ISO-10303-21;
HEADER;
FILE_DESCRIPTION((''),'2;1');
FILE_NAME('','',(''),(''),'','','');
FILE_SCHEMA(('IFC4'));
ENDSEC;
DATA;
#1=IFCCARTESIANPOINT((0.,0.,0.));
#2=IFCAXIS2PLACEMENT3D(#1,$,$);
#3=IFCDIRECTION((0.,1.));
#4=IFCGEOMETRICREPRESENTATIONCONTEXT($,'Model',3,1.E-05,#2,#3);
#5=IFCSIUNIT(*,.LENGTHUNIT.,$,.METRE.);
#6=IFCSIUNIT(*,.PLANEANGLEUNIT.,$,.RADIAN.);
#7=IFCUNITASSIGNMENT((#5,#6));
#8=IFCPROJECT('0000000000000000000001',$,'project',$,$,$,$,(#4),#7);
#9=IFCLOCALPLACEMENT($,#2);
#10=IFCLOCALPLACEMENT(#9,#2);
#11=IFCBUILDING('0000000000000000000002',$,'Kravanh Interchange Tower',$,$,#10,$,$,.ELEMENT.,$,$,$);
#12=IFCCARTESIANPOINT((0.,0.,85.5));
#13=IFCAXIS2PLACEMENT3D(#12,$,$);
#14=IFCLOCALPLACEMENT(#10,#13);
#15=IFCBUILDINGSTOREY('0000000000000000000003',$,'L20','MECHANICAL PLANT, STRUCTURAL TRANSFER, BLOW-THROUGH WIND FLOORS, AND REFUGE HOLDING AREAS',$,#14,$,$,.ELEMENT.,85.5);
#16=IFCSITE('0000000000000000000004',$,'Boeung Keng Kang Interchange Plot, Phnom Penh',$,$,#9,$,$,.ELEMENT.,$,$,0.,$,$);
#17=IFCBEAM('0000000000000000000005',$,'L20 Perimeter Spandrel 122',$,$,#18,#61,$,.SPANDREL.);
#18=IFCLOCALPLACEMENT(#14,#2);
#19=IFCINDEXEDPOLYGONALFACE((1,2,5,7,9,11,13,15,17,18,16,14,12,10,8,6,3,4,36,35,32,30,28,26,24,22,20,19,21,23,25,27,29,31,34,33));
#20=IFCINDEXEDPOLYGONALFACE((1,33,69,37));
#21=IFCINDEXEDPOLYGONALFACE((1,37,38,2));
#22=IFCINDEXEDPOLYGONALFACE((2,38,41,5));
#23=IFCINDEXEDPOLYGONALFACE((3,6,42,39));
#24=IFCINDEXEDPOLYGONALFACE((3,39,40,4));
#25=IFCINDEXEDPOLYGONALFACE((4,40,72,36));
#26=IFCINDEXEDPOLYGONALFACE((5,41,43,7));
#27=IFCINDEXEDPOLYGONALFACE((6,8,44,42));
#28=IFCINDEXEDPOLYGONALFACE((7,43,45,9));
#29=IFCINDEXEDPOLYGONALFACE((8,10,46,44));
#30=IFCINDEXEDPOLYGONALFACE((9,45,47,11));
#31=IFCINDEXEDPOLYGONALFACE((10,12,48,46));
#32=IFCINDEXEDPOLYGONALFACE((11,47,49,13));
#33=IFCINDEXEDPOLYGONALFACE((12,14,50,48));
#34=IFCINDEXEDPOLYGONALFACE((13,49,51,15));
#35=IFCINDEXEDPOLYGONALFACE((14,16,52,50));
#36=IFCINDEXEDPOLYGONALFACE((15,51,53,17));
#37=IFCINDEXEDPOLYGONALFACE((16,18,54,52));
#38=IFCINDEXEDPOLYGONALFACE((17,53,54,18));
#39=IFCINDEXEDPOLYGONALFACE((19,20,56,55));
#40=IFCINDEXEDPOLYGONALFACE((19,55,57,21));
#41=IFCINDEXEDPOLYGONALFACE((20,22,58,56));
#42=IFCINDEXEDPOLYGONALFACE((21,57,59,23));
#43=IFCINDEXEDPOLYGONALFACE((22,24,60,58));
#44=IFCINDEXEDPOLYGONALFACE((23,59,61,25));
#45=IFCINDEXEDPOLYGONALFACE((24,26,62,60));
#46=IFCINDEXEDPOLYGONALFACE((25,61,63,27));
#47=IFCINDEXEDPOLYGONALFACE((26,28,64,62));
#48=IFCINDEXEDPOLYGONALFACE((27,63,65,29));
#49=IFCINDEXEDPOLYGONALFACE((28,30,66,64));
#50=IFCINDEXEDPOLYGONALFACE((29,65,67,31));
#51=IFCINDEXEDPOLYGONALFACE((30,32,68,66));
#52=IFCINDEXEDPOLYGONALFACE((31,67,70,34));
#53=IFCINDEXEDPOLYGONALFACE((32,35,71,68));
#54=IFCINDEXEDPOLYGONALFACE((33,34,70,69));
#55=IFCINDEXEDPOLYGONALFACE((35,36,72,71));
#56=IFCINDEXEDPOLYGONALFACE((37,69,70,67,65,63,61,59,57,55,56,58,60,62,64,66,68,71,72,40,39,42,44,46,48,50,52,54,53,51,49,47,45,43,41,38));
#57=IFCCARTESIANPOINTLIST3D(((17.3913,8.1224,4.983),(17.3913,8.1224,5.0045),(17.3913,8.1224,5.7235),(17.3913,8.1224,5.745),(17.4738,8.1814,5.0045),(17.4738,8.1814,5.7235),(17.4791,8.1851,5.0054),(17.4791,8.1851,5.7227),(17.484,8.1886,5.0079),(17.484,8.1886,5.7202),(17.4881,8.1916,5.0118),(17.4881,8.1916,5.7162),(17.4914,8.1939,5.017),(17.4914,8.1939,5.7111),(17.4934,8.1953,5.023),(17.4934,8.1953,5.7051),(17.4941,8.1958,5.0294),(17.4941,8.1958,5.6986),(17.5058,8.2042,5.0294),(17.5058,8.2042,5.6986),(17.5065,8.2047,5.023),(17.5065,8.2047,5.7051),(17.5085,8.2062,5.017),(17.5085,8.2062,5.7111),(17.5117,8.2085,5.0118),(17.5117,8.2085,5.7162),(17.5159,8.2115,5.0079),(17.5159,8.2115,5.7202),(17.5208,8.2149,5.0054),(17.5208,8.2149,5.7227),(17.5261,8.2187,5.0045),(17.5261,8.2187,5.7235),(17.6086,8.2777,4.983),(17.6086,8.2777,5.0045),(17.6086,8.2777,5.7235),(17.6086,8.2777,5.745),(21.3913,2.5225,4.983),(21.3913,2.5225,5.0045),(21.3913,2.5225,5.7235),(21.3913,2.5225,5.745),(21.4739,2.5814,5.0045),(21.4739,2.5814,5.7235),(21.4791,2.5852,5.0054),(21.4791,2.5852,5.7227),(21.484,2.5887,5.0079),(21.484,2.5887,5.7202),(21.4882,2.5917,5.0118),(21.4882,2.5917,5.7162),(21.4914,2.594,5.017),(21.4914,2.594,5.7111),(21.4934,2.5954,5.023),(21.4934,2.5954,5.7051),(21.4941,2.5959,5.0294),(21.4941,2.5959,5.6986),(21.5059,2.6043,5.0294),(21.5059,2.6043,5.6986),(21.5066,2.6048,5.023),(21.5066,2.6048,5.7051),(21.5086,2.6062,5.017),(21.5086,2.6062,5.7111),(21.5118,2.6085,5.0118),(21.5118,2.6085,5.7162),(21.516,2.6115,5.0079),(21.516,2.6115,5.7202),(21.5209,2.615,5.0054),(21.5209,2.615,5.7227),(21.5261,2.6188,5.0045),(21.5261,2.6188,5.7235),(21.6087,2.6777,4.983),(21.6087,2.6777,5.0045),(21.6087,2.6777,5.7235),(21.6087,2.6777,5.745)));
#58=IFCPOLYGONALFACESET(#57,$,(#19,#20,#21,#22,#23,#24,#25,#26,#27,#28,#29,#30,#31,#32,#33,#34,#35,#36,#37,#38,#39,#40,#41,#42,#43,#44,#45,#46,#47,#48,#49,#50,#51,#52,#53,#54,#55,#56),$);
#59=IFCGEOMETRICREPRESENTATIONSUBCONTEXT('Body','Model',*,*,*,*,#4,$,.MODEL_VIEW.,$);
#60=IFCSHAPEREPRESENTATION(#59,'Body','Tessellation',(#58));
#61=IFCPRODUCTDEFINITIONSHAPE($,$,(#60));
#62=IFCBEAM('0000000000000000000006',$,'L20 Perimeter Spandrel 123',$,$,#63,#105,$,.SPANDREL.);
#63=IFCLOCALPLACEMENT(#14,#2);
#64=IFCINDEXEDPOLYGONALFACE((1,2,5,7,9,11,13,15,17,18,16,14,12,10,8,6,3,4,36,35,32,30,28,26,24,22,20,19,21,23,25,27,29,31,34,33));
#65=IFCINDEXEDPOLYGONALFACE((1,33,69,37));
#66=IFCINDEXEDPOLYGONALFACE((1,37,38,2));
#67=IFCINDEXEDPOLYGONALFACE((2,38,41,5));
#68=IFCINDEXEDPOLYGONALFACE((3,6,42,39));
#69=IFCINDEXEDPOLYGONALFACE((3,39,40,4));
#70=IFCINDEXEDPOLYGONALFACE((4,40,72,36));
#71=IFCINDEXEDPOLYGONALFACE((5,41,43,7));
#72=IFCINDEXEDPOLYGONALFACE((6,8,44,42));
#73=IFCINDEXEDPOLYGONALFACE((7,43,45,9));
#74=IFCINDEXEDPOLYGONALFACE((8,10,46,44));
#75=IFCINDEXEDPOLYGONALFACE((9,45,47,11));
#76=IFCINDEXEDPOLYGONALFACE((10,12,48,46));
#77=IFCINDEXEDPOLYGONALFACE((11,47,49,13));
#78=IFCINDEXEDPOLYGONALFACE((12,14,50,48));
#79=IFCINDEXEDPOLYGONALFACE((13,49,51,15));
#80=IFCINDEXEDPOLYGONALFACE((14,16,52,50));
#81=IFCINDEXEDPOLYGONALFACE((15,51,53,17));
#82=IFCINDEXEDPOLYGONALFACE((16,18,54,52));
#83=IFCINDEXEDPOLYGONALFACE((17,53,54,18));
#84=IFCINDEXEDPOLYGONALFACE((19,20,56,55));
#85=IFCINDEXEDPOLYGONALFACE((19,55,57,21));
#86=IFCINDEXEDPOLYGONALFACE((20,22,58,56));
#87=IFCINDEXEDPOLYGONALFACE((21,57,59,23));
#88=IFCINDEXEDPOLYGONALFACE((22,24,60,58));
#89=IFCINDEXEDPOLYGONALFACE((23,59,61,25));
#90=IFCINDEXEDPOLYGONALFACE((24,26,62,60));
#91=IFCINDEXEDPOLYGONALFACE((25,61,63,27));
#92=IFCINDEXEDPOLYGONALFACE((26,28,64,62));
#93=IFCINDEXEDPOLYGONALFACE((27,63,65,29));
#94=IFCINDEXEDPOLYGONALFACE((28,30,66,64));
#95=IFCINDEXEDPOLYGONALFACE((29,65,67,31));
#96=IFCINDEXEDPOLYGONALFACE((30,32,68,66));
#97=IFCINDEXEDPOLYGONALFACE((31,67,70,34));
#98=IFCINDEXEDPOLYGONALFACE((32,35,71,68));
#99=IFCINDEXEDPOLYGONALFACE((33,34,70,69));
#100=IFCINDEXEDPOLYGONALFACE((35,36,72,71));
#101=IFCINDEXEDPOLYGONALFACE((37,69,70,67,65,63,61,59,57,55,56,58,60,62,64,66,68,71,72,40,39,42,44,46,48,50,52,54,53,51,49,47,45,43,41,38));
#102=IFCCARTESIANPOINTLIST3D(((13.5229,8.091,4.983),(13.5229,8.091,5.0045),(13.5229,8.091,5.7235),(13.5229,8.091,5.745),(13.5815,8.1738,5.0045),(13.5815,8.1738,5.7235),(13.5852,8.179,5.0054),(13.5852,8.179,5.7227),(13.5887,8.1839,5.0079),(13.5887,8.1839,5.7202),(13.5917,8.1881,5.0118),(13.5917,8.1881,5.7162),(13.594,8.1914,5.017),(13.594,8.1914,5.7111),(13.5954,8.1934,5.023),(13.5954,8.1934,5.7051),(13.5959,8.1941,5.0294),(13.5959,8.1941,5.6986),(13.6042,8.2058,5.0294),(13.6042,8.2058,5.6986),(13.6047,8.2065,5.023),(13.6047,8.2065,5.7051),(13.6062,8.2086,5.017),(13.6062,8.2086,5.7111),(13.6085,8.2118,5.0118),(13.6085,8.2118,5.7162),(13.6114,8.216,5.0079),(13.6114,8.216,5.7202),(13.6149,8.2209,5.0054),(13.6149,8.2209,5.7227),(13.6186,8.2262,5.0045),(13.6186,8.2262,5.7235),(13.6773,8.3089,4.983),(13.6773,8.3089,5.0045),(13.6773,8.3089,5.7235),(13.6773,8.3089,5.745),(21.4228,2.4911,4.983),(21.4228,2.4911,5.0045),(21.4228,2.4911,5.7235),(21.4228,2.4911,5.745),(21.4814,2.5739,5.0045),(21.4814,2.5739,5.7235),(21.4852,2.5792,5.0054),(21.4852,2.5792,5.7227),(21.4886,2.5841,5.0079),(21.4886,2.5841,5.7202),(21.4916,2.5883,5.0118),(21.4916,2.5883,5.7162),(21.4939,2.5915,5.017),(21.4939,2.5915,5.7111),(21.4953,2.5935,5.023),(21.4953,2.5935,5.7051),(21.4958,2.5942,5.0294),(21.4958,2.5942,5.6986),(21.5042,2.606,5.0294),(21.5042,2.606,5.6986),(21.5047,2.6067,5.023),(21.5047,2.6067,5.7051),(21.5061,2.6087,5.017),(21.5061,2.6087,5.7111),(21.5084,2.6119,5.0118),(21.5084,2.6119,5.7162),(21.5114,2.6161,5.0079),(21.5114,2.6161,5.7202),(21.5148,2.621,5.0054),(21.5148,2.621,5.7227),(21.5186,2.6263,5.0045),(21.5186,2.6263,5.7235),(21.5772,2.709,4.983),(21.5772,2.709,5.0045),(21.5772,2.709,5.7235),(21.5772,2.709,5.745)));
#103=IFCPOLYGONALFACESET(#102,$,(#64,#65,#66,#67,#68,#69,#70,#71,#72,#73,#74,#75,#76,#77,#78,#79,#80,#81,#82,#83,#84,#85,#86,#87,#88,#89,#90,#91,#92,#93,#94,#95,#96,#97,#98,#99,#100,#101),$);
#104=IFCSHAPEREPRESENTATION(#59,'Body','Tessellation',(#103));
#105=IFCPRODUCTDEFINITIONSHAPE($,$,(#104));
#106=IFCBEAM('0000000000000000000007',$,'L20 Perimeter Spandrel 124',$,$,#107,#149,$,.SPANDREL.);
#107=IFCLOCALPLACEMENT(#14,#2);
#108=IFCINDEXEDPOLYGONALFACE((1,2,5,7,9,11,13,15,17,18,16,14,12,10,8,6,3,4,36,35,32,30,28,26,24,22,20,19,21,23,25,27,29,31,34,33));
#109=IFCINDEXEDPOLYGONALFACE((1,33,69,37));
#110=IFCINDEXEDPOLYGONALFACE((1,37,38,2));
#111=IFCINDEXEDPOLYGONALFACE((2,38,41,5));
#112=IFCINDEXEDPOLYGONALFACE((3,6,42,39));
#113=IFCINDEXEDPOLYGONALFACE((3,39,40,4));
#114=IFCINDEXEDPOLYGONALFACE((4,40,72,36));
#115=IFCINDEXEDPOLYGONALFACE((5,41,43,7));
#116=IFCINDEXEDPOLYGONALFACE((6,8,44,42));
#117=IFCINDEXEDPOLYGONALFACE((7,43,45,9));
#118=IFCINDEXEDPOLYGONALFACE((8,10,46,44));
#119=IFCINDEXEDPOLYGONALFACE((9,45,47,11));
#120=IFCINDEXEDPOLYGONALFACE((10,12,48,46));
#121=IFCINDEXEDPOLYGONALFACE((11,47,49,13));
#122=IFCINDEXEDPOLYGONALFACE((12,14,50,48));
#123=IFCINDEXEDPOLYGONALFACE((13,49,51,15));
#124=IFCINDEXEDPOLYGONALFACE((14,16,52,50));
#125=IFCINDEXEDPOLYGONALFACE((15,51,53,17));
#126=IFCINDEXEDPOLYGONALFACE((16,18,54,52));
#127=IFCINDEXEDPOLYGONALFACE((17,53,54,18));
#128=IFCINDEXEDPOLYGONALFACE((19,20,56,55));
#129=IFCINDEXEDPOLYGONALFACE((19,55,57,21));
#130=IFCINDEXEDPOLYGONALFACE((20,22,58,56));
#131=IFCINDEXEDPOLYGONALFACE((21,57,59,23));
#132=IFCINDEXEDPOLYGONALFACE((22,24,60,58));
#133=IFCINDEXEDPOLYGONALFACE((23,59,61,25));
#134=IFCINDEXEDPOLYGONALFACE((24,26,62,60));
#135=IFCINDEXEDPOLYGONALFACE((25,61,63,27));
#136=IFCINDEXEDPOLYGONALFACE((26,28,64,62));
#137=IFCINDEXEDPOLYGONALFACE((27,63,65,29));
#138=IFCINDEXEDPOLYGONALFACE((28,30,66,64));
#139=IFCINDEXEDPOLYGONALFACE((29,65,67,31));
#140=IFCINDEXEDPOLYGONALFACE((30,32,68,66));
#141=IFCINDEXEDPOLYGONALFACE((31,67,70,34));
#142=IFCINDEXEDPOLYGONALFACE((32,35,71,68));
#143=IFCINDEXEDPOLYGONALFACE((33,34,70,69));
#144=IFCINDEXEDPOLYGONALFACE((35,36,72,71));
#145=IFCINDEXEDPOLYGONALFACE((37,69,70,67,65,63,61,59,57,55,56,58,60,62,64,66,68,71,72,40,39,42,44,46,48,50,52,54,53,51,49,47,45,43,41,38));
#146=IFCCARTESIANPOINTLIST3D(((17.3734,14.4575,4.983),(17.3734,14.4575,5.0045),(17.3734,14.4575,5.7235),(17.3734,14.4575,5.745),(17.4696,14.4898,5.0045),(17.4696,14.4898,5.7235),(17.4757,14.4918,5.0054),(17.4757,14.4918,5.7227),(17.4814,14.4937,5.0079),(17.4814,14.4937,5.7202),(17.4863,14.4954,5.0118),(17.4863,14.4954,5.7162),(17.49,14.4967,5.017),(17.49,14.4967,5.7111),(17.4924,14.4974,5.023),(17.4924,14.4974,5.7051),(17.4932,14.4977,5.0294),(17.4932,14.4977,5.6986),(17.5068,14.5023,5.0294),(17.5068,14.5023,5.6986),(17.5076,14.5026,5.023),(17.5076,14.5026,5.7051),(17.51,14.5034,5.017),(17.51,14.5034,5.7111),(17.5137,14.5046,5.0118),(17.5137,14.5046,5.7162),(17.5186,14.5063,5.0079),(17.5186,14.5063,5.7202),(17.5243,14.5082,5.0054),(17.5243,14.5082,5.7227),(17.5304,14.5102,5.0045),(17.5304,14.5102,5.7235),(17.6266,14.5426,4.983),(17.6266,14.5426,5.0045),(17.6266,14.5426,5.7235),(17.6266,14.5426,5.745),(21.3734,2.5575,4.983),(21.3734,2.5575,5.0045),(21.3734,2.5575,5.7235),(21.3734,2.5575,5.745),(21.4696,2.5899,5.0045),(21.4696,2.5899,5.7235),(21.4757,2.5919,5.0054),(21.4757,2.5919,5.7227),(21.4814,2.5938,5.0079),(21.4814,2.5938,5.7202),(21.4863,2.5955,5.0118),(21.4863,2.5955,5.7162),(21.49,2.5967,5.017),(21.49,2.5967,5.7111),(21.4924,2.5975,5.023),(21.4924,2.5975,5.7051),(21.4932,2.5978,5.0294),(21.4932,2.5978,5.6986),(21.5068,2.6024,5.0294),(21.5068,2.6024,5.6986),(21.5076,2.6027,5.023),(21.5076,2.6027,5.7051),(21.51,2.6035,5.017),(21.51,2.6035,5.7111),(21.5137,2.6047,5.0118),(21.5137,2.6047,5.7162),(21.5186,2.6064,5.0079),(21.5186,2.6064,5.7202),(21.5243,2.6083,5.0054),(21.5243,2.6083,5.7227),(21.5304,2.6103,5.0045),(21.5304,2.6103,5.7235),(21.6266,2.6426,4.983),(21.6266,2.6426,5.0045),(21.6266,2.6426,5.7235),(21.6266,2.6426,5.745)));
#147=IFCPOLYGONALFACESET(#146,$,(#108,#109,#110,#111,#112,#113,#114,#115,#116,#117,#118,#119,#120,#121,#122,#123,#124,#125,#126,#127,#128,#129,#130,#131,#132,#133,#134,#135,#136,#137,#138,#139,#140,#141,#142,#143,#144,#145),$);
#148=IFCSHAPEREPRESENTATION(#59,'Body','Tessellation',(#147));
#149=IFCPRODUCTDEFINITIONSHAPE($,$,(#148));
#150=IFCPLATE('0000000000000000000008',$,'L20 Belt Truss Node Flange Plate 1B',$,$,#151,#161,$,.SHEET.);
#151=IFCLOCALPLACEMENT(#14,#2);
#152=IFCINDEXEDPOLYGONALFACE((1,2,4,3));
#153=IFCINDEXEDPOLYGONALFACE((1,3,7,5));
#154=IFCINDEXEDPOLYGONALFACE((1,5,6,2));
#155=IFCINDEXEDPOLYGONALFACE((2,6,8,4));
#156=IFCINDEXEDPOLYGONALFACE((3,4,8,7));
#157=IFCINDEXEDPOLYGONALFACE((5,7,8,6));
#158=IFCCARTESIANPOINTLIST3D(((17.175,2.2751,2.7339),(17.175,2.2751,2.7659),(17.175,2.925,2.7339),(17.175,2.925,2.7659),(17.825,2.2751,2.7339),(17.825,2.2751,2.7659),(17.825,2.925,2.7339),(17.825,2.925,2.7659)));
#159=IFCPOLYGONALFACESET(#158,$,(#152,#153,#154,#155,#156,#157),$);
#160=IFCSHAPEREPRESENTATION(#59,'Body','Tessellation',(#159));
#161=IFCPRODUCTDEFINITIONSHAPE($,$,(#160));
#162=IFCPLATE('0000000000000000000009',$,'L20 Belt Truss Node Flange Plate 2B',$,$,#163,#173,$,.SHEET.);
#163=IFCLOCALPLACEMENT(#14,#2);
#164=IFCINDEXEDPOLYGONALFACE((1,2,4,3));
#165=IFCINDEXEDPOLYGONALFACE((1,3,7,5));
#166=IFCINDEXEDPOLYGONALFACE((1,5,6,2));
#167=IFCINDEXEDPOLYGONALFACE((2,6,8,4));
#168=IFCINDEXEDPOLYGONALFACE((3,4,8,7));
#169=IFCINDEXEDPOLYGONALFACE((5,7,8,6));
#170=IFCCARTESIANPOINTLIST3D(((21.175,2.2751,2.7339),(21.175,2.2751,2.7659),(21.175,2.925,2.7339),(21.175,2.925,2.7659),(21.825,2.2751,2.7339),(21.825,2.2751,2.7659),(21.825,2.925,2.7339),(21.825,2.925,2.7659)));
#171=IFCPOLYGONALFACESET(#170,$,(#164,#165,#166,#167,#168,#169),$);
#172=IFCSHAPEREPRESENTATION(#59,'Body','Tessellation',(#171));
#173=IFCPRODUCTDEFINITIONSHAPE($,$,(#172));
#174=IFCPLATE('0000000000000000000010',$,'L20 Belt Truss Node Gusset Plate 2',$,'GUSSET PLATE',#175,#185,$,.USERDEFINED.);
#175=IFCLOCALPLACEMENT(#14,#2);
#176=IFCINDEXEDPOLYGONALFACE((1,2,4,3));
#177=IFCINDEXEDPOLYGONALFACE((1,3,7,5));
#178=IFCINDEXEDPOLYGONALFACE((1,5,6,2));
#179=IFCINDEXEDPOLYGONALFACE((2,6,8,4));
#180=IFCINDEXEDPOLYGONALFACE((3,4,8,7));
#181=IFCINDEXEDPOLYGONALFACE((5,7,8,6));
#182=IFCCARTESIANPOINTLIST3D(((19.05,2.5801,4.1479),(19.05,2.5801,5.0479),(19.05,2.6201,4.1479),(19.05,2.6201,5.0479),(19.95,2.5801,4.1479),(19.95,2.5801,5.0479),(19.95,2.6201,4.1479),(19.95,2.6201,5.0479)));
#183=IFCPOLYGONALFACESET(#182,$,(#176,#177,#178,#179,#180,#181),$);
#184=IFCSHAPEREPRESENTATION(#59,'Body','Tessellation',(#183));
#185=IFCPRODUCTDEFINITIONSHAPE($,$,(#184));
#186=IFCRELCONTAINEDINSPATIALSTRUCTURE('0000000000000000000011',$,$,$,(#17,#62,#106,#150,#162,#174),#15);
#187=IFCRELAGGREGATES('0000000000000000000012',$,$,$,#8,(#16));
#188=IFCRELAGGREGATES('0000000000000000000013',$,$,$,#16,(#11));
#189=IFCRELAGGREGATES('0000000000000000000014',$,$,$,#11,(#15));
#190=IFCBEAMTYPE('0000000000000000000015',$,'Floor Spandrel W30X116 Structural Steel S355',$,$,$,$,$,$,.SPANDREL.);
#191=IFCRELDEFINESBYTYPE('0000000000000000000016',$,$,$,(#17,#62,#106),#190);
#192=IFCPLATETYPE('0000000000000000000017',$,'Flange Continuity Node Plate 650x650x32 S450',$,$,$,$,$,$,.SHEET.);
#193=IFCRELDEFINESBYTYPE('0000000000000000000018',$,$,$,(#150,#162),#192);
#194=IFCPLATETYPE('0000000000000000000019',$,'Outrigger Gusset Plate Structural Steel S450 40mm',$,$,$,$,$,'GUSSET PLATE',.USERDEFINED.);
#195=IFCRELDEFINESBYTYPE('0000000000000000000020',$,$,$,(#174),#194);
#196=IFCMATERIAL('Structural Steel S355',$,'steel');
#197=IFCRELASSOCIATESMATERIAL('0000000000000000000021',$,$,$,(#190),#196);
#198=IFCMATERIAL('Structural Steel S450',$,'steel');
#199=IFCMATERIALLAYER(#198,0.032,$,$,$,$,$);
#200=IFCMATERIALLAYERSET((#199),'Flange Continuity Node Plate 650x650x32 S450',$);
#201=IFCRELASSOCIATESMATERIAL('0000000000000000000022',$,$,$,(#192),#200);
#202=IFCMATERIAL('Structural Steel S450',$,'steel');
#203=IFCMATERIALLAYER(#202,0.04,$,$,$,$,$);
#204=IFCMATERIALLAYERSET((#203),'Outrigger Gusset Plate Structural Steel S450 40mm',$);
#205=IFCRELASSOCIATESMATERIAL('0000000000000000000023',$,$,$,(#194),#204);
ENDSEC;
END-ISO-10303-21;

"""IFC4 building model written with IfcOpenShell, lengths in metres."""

from ifc_helpers import new_model, si_unit, direction, frame, origin, origin_2d, place, context, subcontext, project, spatial, rectangle, i_section, extrude, material, layer, layer_set, material_profile, profile_set, type_object, element, save


model = new_model("IFC4")

# Units and contexts
model_context = context("Model", 3, precision=1e-05, world=origin(), true_north=direction((0.0, 1.0)))
body_context = subcontext(model_context, "Body", "Model", "MODEL_VIEW")
ifc_project = project(units=[si_unit("LENGTHUNIT", "METRE"), si_unit("PLANEANGLEUNIT", "RADIAN")], contexts=[model_context])

# Site, building, storey
site_placement = place(None, origin())
site = spatial("IfcSite", under=ifc_project, at=site_placement, Name="Boeung Keng Kang Interchange Plot, Phnom Penh", CompositionType="ELEMENT", RefElevation=0.0)
building_placement = place(site_placement, origin())
building = spatial("IfcBuilding", under=site, at=building_placement, Name="Kravanh Interchange Tower", CompositionType="ELEMENT")
storey_placement = place(building_placement, frame((0.0, 0.0, 85.5)))
storey = spatial("IfcBuildingStorey", under=building, at=storey_placement, Name="L20", Description="MECHANICAL PLANT, STRUCTURAL TRANSFER, BLOW-THROUGH WIND FLOORS, AND REFUGE HOLDING AREAS", CompositionType="ELEMENT", Elevation=85.5)

# Beams
ifc_material_1 = material(Name="Structural Steel S355", Category="steel")
ifc_material_profile_1 = material_profile(ifc_material_1, i_section(OverallWidth=0.2671, OverallDepth=0.762, WebThickness=0.0144, FlangeThickness=0.0215, FilletRadius=0.0249, at=origin_2d()), Name="W30X116")
ifc_profile_set_1 = profile_set([ifc_material_profile_1], Name="Structural Steel S355")
beam_type_1 = type_object("IfcBeamType", Name="Floor Spandrel W30X116 Structural Steel S355", PredefinedType="SPANDREL", material=ifc_profile_set_1)
beam_1_placement = place(storey_placement, frame((21.5, 2.6001, 5.364), z_axis=(-0.581248, 0.813726, 0.0), x_axis=(-0.813726, -0.581248, 0.0)))
element("IfcBeam", 1, at=beam_1_placement, inside=storey, type_object=beam_type_1, Name="L20 Perimeter Spandrel 122", PredefinedType="SPANDREL", context=body_context, shape_type="SweptSolid", body=[
    extrude(i_section(OverallWidth=0.2671, OverallDepth=0.762, WebThickness=0.0144, FlangeThickness=0.0215, FilletRadius=0.0249, at=origin_2d()), origin(), (0.0, 0.0, 1.0), 6.8818),
])
beam_2_placement = place(storey_placement, frame((21.5, 2.6001, 5.364), z_axis=(-0.815825, 0.578299, 0.0), x_axis=(-0.578299, -0.815825, 0.0)))
element("IfcBeam", 2, at=beam_2_placement, inside=storey, type_object=beam_type_1, Name="L20 Perimeter Spandrel 123", PredefinedType="SPANDREL", context=body_context, shape_type="SweptSolid", body=[
    extrude(i_section(OverallWidth=0.2671, OverallDepth=0.762, WebThickness=0.0144, FlangeThickness=0.0215, FilletRadius=0.0249, at=origin_2d()), origin(), (0.0, 0.0, 1.0), 9.6833),
])
beam_3_placement = place(storey_placement, frame((21.5, 2.6001, 5.364), z_axis=(-0.318619, 0.947883, 0.0), x_axis=(-0.947883, -0.318619, 0.0)))
element("IfcBeam", 3, at=beam_3_placement, inside=storey, type_object=beam_type_1, Name="L20 Perimeter Spandrel 124", PredefinedType="SPANDREL", context=body_context, shape_type="SweptSolid", body=[
    extrude(i_section(OverallWidth=0.2671, OverallDepth=0.762, WebThickness=0.0144, FlangeThickness=0.0215, FilletRadius=0.0249, at=origin_2d()), origin(), (0.0, 0.0, 1.0), 12.5542),
])

# Plates
ifc_material_2 = material(Name="Structural Steel S450", Category="steel")
ifc_layer_1 = layer(ifc_material_2, 0.032)
ifc_layer_set_1 = layer_set([ifc_layer_1], Name="Flange Continuity Node Plate 650x650x32 S450")
plate_type_1 = type_object("IfcPlateType", Name="Flange Continuity Node Plate 650x650x32 S450", PredefinedType="SHEET", material=ifc_layer_set_1)
for number, where, z_axis, x_axis, name in (
    (4, (17.5, 2.6001, 2.7339), (0.0, 0.0, 1.0), (1.0, 0.0, 0.0), "L20 Belt Truss Node Flange Plate 1B"),
    (5, (21.5, 2.6001, 2.7339), (0.0, 0.0, 1.0), (1.0, 0.0, 0.0), "L20 Belt Truss Node Flange Plate 2B"),
):
    element("IfcPlate", number, at=place(storey_placement, frame(where, z_axis=z_axis, x_axis=x_axis)), inside=storey, type_object=plate_type_1, Name=name, PredefinedType="SHEET", context=body_context, shape_type="SweptSolid", body=[
        extrude(rectangle(XDim=0.6499, YDim=0.6499, at=origin_2d()), origin(), (0.0, 0.0, 1.0), 0.032),
    ])
ifc_material_3 = material(Name="Structural Steel S450", Category="steel")
ifc_layer_2 = layer(ifc_material_3, 0.04)
ifc_layer_set_2 = layer_set([ifc_layer_2], Name="Outrigger Gusset Plate Structural Steel S450 40mm")
plate_type_2 = type_object("IfcPlateType", Name="Outrigger Gusset Plate Structural Steel S450 40mm", ElementType="GUSSET PLATE", PredefinedType="USERDEFINED", material=ifc_layer_set_2)
plate_placement = place(storey_placement, frame((19.5, 2.6001, 4.1479), z_axis=(0.0, 0.0, 1.0), x_axis=(1.0, 0.0, 0.0)))
element("IfcPlate", 6, at=plate_placement, inside=storey, type_object=plate_type_2, Name="L20 Belt Truss Node Gusset Plate 2", ObjectType="GUSSET PLATE", PredefinedType="USERDEFINED", context=body_context, shape_type="SweptSolid", body=[
    extrude(rectangle(XDim=0.8999, YDim=0.04, at=origin_2d()), origin(), (0.0, 0.0, 1.0), 0.8999),
])

save(model, "model.ifc")
